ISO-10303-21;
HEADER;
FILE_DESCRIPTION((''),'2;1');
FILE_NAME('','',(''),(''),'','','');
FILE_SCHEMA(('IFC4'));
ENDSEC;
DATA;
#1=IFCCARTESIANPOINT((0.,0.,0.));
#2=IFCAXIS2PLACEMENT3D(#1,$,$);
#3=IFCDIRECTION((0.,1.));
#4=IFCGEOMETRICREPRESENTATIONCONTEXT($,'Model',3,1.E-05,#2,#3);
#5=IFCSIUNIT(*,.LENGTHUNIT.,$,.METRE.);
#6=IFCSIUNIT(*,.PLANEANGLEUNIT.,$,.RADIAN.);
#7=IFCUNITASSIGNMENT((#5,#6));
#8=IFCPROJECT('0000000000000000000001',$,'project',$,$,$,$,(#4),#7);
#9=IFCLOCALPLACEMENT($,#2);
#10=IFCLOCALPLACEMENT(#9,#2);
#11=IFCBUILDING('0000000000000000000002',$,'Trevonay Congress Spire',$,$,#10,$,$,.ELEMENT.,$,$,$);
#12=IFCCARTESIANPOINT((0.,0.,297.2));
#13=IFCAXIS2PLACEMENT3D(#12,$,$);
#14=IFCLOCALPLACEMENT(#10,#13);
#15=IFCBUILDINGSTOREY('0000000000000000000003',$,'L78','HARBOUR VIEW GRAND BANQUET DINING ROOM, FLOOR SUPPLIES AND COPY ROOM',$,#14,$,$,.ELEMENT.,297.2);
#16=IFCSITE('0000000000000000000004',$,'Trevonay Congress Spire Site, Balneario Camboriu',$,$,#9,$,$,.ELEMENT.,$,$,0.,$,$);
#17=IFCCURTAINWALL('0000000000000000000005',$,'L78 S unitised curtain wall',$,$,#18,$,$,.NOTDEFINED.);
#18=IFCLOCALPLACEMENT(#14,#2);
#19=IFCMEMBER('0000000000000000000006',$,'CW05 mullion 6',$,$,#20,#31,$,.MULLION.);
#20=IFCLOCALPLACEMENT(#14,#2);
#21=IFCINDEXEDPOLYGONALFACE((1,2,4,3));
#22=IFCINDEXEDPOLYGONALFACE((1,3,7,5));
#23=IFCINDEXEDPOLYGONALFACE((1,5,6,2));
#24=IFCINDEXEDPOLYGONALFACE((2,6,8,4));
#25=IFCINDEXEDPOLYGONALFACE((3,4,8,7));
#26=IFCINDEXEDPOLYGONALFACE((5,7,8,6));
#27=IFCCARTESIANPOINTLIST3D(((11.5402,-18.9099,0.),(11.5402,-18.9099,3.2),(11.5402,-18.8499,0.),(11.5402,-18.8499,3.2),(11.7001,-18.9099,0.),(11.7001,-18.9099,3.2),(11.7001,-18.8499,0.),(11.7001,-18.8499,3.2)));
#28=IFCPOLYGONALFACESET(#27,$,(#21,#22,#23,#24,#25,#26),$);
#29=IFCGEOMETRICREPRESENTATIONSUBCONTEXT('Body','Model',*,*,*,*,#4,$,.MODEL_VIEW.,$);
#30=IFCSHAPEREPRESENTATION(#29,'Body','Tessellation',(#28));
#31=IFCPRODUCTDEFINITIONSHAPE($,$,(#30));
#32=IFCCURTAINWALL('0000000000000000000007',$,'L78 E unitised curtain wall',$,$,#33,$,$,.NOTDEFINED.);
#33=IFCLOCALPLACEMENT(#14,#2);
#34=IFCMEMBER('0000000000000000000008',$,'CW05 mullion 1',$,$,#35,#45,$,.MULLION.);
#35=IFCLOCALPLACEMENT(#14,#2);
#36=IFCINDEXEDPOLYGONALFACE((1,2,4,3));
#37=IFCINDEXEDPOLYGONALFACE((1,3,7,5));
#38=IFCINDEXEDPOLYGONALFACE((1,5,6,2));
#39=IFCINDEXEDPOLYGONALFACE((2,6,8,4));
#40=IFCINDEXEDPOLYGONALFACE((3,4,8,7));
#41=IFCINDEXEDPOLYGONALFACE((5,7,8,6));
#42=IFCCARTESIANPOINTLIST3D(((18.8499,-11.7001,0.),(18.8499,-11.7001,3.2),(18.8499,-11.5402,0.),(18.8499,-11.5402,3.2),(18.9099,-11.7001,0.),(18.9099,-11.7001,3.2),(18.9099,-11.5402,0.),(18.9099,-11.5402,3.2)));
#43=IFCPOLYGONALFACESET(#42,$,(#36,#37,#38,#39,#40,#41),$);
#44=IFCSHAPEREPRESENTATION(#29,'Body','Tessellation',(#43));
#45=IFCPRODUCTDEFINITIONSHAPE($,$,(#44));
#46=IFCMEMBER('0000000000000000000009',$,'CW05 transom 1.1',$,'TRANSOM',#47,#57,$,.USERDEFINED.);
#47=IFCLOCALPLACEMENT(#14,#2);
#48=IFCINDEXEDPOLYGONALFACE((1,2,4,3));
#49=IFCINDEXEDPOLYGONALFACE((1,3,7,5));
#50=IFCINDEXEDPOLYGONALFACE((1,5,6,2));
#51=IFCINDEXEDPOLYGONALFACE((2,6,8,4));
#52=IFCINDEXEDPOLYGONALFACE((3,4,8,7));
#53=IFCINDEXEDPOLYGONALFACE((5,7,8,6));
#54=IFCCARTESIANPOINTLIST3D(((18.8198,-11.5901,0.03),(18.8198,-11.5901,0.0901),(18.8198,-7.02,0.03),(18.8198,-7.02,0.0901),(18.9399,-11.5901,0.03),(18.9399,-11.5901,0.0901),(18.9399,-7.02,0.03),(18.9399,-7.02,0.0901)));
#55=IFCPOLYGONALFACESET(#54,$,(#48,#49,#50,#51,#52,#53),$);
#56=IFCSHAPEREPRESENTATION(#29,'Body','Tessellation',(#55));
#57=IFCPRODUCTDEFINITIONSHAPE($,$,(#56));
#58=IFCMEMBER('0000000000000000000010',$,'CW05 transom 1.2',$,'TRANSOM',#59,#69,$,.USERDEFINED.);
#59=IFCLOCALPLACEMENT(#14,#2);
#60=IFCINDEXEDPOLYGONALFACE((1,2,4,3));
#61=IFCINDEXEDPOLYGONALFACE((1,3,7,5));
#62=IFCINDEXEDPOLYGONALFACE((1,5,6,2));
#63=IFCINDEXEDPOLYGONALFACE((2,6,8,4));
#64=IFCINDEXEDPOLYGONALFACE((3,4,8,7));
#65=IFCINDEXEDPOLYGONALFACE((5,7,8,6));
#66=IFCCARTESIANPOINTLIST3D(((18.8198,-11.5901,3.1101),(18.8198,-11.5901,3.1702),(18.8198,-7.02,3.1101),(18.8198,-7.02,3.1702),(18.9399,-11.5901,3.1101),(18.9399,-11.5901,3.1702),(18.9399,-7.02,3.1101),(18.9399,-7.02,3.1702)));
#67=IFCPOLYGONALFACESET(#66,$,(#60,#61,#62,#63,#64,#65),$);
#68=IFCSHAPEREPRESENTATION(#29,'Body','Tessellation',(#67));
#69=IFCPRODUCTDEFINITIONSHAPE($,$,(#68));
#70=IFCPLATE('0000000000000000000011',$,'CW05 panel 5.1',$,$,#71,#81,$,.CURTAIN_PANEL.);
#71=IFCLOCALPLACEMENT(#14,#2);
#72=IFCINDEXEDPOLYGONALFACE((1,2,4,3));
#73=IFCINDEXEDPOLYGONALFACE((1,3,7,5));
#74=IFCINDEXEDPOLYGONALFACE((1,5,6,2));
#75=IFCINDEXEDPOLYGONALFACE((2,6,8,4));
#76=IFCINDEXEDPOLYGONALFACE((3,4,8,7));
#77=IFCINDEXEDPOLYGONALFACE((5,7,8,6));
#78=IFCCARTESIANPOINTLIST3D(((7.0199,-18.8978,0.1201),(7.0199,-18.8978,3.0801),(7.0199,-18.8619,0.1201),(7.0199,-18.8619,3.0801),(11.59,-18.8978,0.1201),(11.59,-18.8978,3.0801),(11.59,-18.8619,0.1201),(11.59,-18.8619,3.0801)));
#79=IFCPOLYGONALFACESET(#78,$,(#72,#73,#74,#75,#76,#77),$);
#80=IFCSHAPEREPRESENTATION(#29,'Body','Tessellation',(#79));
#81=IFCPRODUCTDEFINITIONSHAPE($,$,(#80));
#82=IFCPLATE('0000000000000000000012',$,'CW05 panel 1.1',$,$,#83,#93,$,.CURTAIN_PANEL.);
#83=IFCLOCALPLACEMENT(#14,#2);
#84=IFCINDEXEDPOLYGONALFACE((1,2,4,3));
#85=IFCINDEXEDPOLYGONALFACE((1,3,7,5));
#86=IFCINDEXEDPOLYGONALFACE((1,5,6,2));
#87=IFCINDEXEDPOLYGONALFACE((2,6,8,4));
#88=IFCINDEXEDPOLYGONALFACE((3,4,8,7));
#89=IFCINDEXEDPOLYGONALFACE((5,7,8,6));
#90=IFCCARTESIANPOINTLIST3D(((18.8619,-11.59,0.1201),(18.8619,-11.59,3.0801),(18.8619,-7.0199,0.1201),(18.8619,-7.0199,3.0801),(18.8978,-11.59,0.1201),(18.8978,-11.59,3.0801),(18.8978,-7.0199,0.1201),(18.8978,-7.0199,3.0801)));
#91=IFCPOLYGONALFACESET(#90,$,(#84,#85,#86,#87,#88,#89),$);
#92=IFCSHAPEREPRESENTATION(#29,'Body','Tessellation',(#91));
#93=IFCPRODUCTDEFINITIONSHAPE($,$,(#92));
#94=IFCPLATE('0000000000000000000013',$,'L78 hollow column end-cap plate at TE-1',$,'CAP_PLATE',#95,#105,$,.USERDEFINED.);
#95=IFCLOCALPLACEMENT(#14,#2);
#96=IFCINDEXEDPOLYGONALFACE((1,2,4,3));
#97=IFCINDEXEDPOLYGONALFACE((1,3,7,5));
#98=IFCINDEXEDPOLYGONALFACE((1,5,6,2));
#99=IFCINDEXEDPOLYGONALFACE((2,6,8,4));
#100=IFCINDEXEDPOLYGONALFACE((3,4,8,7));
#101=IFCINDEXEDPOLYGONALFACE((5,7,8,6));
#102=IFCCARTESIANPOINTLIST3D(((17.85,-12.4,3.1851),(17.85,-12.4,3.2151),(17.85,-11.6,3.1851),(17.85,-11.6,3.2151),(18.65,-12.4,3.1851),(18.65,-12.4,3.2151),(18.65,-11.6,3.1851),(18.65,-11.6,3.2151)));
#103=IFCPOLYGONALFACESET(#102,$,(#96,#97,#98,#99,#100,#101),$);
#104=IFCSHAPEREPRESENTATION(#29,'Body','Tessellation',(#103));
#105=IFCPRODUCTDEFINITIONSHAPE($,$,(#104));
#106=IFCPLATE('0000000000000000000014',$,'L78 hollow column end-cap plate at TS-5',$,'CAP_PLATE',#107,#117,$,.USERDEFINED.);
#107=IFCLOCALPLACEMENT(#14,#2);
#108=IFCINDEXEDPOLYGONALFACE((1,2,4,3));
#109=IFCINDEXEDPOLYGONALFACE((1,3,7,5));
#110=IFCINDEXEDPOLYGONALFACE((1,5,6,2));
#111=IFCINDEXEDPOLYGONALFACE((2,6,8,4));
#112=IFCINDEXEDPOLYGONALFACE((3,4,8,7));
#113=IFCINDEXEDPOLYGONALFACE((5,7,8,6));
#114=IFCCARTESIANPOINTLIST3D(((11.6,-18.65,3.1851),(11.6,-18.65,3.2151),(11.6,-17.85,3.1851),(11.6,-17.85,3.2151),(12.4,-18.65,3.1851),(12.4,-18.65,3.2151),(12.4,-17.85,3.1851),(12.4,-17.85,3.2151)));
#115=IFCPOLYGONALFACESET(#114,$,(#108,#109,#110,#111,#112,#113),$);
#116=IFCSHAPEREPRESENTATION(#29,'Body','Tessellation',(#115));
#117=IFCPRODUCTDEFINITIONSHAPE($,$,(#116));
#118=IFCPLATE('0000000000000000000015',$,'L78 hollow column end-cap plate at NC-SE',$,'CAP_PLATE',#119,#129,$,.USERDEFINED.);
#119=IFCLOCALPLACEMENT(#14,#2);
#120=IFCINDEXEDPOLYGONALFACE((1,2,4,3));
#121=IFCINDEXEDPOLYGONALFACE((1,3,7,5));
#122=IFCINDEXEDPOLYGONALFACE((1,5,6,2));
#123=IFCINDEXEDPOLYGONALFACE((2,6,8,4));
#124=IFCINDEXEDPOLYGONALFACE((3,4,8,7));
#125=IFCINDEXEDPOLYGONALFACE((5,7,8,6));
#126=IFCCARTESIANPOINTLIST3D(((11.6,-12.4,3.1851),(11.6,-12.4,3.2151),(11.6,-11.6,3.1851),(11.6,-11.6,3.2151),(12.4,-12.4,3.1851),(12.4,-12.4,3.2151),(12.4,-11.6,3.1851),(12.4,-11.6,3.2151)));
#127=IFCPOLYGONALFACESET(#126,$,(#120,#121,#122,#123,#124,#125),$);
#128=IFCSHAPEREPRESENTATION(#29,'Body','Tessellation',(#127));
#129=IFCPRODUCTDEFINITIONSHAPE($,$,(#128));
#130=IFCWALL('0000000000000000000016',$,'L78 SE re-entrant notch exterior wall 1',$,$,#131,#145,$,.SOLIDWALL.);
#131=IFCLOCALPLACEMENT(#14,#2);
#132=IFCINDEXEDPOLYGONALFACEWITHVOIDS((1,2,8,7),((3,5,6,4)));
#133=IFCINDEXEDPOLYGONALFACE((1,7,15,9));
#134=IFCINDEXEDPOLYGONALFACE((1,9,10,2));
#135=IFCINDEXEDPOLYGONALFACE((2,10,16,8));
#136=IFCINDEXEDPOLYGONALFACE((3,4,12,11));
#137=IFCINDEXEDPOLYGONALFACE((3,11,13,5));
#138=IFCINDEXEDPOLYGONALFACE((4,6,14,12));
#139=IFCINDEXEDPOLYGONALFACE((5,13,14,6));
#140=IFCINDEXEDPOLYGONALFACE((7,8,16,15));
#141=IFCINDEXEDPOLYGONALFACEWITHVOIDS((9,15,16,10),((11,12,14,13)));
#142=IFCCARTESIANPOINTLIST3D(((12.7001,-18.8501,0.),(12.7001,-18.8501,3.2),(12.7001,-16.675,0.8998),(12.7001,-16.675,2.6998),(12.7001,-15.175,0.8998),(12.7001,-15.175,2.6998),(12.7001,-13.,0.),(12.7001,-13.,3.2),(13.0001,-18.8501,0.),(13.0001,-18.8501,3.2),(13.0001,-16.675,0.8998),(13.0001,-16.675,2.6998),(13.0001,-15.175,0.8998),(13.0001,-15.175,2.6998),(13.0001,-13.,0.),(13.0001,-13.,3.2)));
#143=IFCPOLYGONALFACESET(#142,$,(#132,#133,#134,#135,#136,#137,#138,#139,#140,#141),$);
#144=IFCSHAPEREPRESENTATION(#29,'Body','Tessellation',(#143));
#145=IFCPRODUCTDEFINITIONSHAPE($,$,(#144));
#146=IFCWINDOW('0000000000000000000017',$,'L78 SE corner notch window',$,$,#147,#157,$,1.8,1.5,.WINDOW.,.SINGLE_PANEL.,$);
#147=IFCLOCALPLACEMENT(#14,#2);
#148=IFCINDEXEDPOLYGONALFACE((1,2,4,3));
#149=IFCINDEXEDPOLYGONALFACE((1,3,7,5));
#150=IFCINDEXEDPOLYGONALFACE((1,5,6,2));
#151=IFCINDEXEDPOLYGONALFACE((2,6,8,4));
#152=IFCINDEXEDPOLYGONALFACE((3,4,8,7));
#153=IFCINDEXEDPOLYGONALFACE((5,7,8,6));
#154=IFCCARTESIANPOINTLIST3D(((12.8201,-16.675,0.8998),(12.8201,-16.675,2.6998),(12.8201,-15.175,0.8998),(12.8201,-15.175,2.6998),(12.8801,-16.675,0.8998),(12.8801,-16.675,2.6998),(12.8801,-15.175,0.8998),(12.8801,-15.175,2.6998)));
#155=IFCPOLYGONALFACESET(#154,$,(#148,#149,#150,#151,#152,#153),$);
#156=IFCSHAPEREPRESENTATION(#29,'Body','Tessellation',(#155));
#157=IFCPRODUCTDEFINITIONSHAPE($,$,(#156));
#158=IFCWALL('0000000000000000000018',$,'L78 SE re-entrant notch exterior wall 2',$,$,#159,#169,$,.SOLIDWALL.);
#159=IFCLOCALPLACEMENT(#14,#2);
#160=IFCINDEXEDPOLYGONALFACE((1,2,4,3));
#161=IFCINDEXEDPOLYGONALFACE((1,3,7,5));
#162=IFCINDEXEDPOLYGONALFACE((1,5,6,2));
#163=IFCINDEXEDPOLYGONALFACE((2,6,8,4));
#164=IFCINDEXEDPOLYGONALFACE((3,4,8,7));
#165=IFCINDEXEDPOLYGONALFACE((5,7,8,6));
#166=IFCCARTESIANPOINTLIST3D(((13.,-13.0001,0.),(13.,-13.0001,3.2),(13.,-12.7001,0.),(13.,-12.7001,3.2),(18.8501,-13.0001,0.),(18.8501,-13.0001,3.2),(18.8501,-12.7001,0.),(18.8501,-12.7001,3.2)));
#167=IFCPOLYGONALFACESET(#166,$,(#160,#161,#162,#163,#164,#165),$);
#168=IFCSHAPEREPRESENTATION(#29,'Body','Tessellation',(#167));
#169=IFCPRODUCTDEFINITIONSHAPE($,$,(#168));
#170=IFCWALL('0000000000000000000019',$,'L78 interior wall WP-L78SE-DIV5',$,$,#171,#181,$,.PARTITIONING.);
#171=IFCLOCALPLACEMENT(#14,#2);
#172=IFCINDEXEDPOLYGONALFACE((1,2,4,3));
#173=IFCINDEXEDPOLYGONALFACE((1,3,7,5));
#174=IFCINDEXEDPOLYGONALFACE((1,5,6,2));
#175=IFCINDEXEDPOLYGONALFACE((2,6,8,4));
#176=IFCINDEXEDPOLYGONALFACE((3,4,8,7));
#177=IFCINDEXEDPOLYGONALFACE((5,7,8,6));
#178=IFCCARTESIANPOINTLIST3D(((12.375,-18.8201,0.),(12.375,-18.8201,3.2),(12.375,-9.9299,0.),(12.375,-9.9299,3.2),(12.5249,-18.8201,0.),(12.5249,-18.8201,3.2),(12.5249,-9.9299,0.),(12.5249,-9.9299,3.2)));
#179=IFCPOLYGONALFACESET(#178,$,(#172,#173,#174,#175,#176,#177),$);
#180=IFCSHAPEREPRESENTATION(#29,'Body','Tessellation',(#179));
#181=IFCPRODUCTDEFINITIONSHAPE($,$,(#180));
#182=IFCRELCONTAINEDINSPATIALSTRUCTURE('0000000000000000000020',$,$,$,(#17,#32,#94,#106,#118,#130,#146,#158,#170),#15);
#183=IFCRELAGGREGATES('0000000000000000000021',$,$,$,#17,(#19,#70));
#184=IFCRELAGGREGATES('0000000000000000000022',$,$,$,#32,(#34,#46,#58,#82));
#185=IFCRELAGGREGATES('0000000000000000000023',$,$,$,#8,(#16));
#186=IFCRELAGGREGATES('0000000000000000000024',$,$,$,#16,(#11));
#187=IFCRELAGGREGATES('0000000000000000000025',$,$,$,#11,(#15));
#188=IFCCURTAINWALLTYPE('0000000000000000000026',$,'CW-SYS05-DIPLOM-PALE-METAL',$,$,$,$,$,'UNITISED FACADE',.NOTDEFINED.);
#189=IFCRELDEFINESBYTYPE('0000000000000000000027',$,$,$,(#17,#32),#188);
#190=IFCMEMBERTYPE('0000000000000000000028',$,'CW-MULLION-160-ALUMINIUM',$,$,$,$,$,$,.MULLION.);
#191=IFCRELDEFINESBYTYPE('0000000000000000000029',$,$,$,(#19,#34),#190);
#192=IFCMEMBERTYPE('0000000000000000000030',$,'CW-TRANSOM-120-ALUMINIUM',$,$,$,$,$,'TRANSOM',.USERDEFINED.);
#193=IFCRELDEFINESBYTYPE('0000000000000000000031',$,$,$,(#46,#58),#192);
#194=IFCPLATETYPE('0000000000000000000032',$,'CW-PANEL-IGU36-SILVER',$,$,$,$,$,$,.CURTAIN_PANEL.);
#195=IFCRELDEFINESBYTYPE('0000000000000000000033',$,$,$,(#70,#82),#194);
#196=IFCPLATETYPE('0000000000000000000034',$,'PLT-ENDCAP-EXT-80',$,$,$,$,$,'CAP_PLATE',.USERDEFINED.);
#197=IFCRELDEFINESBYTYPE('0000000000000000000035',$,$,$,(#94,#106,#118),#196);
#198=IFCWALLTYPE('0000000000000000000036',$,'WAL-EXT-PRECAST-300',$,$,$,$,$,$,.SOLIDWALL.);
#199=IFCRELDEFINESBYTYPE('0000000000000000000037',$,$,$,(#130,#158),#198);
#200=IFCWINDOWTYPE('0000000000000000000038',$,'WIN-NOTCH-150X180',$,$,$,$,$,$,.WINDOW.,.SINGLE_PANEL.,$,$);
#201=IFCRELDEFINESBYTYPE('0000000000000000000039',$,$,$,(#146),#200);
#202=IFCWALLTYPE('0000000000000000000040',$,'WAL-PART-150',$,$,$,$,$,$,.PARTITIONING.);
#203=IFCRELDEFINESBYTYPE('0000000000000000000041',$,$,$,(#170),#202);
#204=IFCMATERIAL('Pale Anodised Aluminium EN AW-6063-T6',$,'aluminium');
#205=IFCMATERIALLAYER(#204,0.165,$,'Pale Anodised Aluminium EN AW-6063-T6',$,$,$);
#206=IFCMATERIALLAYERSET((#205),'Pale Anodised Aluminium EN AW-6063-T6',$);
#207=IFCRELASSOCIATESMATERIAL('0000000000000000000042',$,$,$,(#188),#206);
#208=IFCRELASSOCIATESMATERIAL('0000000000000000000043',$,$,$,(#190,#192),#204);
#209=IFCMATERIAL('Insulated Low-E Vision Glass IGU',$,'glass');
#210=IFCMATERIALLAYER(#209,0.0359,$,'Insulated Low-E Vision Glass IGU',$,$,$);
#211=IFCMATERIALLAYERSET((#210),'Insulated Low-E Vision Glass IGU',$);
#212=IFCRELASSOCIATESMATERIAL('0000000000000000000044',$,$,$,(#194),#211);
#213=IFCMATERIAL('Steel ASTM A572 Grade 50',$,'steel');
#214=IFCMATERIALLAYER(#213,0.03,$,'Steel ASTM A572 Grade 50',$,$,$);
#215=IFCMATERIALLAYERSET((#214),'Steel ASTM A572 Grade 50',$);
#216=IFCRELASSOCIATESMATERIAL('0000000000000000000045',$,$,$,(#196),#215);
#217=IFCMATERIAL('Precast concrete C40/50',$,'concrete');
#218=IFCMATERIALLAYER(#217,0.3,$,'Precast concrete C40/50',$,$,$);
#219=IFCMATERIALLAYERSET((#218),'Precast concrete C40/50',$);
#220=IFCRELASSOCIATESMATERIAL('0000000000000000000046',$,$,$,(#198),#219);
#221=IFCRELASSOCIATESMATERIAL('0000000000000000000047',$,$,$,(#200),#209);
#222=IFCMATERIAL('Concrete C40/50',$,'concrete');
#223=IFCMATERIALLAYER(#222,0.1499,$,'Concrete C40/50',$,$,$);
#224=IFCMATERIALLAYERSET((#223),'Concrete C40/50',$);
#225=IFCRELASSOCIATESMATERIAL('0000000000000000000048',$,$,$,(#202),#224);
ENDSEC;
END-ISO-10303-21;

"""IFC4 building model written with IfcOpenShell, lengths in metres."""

from ifc_helpers import new_model, si_unit, direction, frame, frame_2d, origin, origin_2d, place, context, subcontext, project, spatial, rectangle, extrude, material, layer, layer_set, material_profile, profile_set, type_object, element, fill, aggregate, save


model = new_model("IFC4")

# Units and contexts
model_context = context("Model", 3, precision=1e-05, world=origin(), true_north=direction((0.0, 1.0)))
body_context = subcontext(model_context, "Body", "Model", "MODEL_VIEW")
ifc_project = project(units=[si_unit("LENGTHUNIT", "METRE"), si_unit("PLANEANGLEUNIT", "RADIAN")], contexts=[model_context])

# Site, building, storey
site_placement = place(None, origin())
site = spatial("IfcSite", under=ifc_project, at=site_placement, Name="Trevonay Congress Spire Site, Balneario Camboriu", CompositionType="ELEMENT", RefElevation=0.0)
building_placement = place(site_placement, origin())
building = spatial("IfcBuilding", under=site, at=building_placement, Name="Trevonay Congress Spire", CompositionType="ELEMENT")
storey_placement = place(building_placement, frame((0.0, 0.0, 297.2)))
storey = spatial("IfcBuildingStorey", under=building, at=storey_placement, Name="L78", Description="HARBOUR VIEW GRAND BANQUET DINING ROOM, FLOOR SUPPLIES AND COPY ROOM", CompositionType="ELEMENT", Elevation=297.2)

# Shared definitions
ifc_material_1 = material(Name="Steel ASTM A572 Grade 50", Category="steel")

# Curtain wall, member
ifc_material_2 = material(Name="Pale Anodised Aluminium EN AW-6063-T6", Category="aluminium")
ifc_layer_1 = layer(ifc_material_2, 0.165, Name="Pale Anodised Aluminium EN AW-6063-T6")
ifc_layer_set_1 = layer_set([ifc_layer_1], Name="Pale Anodised Aluminium EN AW-6063-T6")
curtain_wall_type = type_object("IfcCurtainWallType", Name="CW-SYS05-DIPLOM-PALE-METAL", ElementType="UNITISED FACADE", PredefinedType="NOTDEFINED", material=ifc_layer_set_1)
curtain_wall_1_placement = place(storey_placement, origin())
curtain_wall_1 = element("IfcCurtainWall", 1, at=curtain_wall_1_placement, inside=storey, type_object=curtain_wall_type, Name="L78 S unitised curtain wall", PredefinedType="NOTDEFINED")
ifc_material_profile_1 = material_profile(ifc_material_2, rectangle(XDim=0.0601, YDim=0.1599, at=origin_2d()), Name="CW-MULLION-160-ALUMINIUM")
ifc_profile_set_1 = profile_set([ifc_material_profile_1], Name="Pale Anodised Aluminium EN AW-6063-T6")
member_type_1 = type_object("IfcMemberType", Name="CW-MULLION-160-ALUMINIUM", PredefinedType="MULLION", material=ifc_profile_set_1)
member_1_placement = place(storey_placement, frame((11.6201, -18.8799, 0.0), z_axis=(0.0, 0.0, 1.0), x_axis=(0.0, 1.0, 0.0)))
member_1 = element("IfcMember", 2, at=member_1_placement, type_object=member_type_1, Name="CW05 mullion 6", PredefinedType="MULLION", context=body_context, shape_type="SweptSolid", body=[
    extrude(rectangle(XDim=0.0601, YDim=0.1599, at=origin_2d()), origin(), (0.0, 0.0, 1.0), 3.2),
])

# Curtain wall, members
curtain_wall_2_placement = place(storey_placement, origin())
curtain_wall_2 = element("IfcCurtainWall", 3, at=curtain_wall_2_placement, inside=storey, type_object=curtain_wall_type, Name="L78 E unitised curtain wall", PredefinedType="NOTDEFINED")
member_2_placement = place(storey_placement, frame((18.8799, -11.6201, 0.0), z_axis=(0.0, 0.0, 1.0), x_axis=(-1.0, 0.0, 0.0)))
member_2 = element("IfcMember", 4, at=member_2_placement, type_object=member_type_1, Name="CW05 mullion 1", PredefinedType="MULLION", context=body_context, shape_type="SweptSolid", body=[
    extrude(rectangle(XDim=0.0601, YDim=0.1599, at=origin_2d()), origin(), (0.0, 0.0, 1.0), 3.2),
])
ifc_material_profile_2 = material_profile(ifc_material_2, rectangle(XDim=0.1201, YDim=0.0601, at=origin_2d()), Name="CW-TRANSOM-120-ALUMINIUM")
ifc_profile_set_2 = profile_set([ifc_material_profile_2], Name="Pale Anodised Aluminium EN AW-6063-T6")
member_type_2 = type_object("IfcMemberType", Name="CW-TRANSOM-120-ALUMINIUM", ElementType="TRANSOM", PredefinedType="USERDEFINED", material=ifc_profile_set_2)
member_3_placement = place(storey_placement, frame((18.8799, -11.5901, 0.0601), z_axis=(0.0, 1.0, 0.0), x_axis=(-1.0, 0.0, 0.0)))
member_3 = element("IfcMember", 5, at=member_3_placement, type_object=member_type_2, Name="CW05 transom 1.1", ObjectType="TRANSOM", PredefinedType="USERDEFINED", context=body_context, shape_type="SweptSolid", body=[
    extrude(rectangle(XDim=0.1201, YDim=0.0601, at=origin_2d()), origin(), (0.0, 0.0, 1.0), 4.5701),
])
member_4_placement = place(storey_placement, frame((18.8799, -11.5901, 3.1401), z_axis=(0.0, 1.0, 0.0), x_axis=(-1.0, 0.0, 0.0)))
member_4 = element("IfcMember", 6, at=member_4_placement, type_object=member_type_2, Name="CW05 transom 1.2", ObjectType="TRANSOM", PredefinedType="USERDEFINED", context=body_context, shape_type="SweptSolid", body=[
    extrude(rectangle(XDim=0.1201, YDim=0.0601, at=origin_2d()), origin(), (0.0, 0.0, 1.0), 4.5701),
])

# Plates
ifc_material_3 = material(Name="Insulated Low-E Vision Glass IGU", Category="glass")
ifc_layer_2 = layer(ifc_material_3, 0.0359, Name="Insulated Low-E Vision Glass IGU")
ifc_layer_set_2 = layer_set([ifc_layer_2], Name="Insulated Low-E Vision Glass IGU")
plate_type_1 = type_object("IfcPlateType", Name="CW-PANEL-IGU36-SILVER", PredefinedType="CURTAIN_PANEL", material=ifc_layer_set_2)
plate_1_placement = place(storey_placement, frame((9.3049, -18.8799, 0.1201), z_axis=(0.0, 0.0, 1.0), x_axis=(1.0, 0.0, 0.0)))
plate_1 = element("IfcPlate", 7, at=plate_1_placement, type_object=plate_type_1, Name="CW05 panel 5.1", PredefinedType="CURTAIN_PANEL", context=body_context, shape_type="SweptSolid", body=[
    extrude(rectangle(XDim=4.5701, YDim=0.0359, at=origin_2d()), origin(), (0.0, 0.0, 1.0), 2.96),
])
aggregate(curtain_wall_1, [member_1, plate_1])
plate_2_placement = place(storey_placement, frame((18.8799, -9.3049, 0.1201), z_axis=(0.0, 0.0, 1.0), x_axis=(0.0, 1.0, 0.0)))
plate_2 = element("IfcPlate", 8, at=plate_2_placement, type_object=plate_type_1, Name="CW05 panel 1.1", PredefinedType="CURTAIN_PANEL", context=body_context, shape_type="SweptSolid", body=[
    extrude(rectangle(XDim=4.5701, YDim=0.0359, at=origin_2d()), origin(), (0.0, 0.0, 1.0), 2.96),
])
aggregate(curtain_wall_2, [member_2, member_3, member_4, plate_2])

# Plates
ifc_layer_3 = layer(ifc_material_1, 0.03, Name="Steel ASTM A572 Grade 50")
ifc_layer_set_3 = layer_set([ifc_layer_3], Name="Steel ASTM A572 Grade 50")
plate_type_2 = type_object("IfcPlateType", Name="PLT-ENDCAP-EXT-80", ElementType="CAP_PLATE", PredefinedType="USERDEFINED", material=ifc_layer_set_3)
for number, where, z_axis, x_axis, name in (
    (9, (18.25, -12.0, 3.1851), (0.0, 0.0, 1.0), (1.0, 0.0, 0.0), "L78 hollow column end-cap plate at TE-1"),
    (10, (12.0, -18.25, 3.1851), (0.0, 0.0, 1.0), (1.0, 0.0, 0.0), "L78 hollow column end-cap plate at TS-5"),
    (11, (12.0, -12.0, 3.1851), (0.0, 0.0, 1.0), (1.0, 0.0, 0.0), "L78 hollow column end-cap plate at NC-SE"),
):
    element("IfcPlate", number, at=place(storey_placement, frame(where, z_axis=z_axis, x_axis=x_axis)), inside=storey, type_object=plate_type_2, Name=name, ObjectType="CAP_PLATE", PredefinedType="USERDEFINED", context=body_context, shape_type="SweptSolid", body=[
        extrude(rectangle(XDim=0.8, YDim=0.8, at=origin_2d()), origin(), (0.0, 0.0, 1.0), 0.03),
    ])

# Wall, opening, window
ifc_material_4 = material(Name="Precast concrete C40/50", Category="concrete")
ifc_layer_4 = layer(ifc_material_4, 0.3, Name="Precast concrete C40/50")
ifc_layer_set_4 = layer_set([ifc_layer_4], Name="Precast concrete C40/50")
wall_type_1 = type_object("IfcWallType", Name="WAL-EXT-PRECAST-300", PredefinedType="SOLIDWALL", material=ifc_layer_set_4)
wall_1_placement = place(storey_placement, frame((12.8501, -18.8501, 0.0), z_axis=(0.0, 0.0, 1.0), x_axis=(0.0, 1.0, 0.0)))
wall_1 = element("IfcWall", 12, at=wall_1_placement, inside=storey, type_object=wall_type_1, Name="L78 SE re-entrant notch exterior wall 1", PredefinedType="SOLIDWALL", context=body_context, shape_type="SweptSolid", body=[
    extrude(rectangle(XDim=5.8501, YDim=0.3, at=frame_2d((2.925, 0.0))), origin(), (0.0, 0.0, 1.0), 3.2),
])
opening_placement = place(wall_1_placement, frame((2.175, 0.0, 0.8999)))
opening = element("IfcOpeningElement", 13, at=opening_placement, cuts=wall_1, PredefinedType="OPENING", context=body_context, shape_type="SweptSolid", body=[
    extrude(rectangle(XDim=1.5, YDim=1.8, at=frame_2d((0.75, 0.8999))), frame((0.0, 0.1602, 0.0), z_axis=(0.0, -1.0, 0.0), x_axis=(1.0, 0.0, 0.0)), (0.0, 0.0, 1.0), 0.3201),
])
window_type = type_object("IfcWindowType", Name="WIN-NOTCH-150X180", PartitioningType="SINGLE_PANEL", PredefinedType="WINDOW", material=ifc_material_3)
window_placement = place(opening_placement, origin())
window = element("IfcWindow", 14, at=window_placement, inside=storey, type_object=window_type, Name="L78 SE corner notch window", OverallHeight=1.8, OverallWidth=1.5, PartitioningType="SINGLE_PANEL", PredefinedType="WINDOW", context=body_context, shape_type="SweptSolid", body=[
    extrude(rectangle(XDim=1.5, YDim=1.8, at=frame_2d((0.75, 0.8999))), frame((0.0, 0.03, 0.0), z_axis=(0.0, -1.0, 0.0), x_axis=(1.0, 0.0, 0.0)), (0.0, 0.0, 1.0), 0.0601),
])
fill(opening, window)

# Walls
wall_2_placement = place(storey_placement, frame((18.8501, -12.8501, 0.0), z_axis=(0.0, 0.0, 1.0), x_axis=(-1.0, 0.0, 0.0)))
element("IfcWall", 15, at=wall_2_placement, inside=storey, type_object=wall_type_1, Name="L78 SE re-entrant notch exterior wall 2", PredefinedType="SOLIDWALL", context=body_context, shape_type="SweptSolid", body=[
    extrude(rectangle(XDim=5.8501, YDim=0.3, at=frame_2d((2.925, 0.0))), origin(), (0.0, 0.0, 1.0), 3.2),
])
ifc_material_5 = material(Name="Concrete C40/50", Category="concrete")
ifc_layer_5 = layer(ifc_material_5, 0.1499, Name="Concrete C40/50")
ifc_layer_set_5 = layer_set([ifc_layer_5], Name="Concrete C40/50")
wall_type_2 = type_object("IfcWallType", Name="WAL-PART-150", PredefinedType="PARTITIONING", material=ifc_layer_set_5)
wall_3_placement = place(storey_placement, frame((12.45, -18.8201, 0.0), z_axis=(0.0, 0.0, 1.0), x_axis=(0.0, 1.0, 0.0)))
element("IfcWall", 16, at=wall_3_placement, inside=storey, type_object=wall_type_2, Name="L78 interior wall WP-L78SE-DIV5", PredefinedType="PARTITIONING", context=body_context, shape_type="SweptSolid", body=[
    extrude(rectangle(XDim=8.8901, YDim=0.1499, at=frame_2d((4.4451, 0.0))), origin(), (0.0, 0.0, 1.0), 3.2),
])

save(model, "model.ifc")
